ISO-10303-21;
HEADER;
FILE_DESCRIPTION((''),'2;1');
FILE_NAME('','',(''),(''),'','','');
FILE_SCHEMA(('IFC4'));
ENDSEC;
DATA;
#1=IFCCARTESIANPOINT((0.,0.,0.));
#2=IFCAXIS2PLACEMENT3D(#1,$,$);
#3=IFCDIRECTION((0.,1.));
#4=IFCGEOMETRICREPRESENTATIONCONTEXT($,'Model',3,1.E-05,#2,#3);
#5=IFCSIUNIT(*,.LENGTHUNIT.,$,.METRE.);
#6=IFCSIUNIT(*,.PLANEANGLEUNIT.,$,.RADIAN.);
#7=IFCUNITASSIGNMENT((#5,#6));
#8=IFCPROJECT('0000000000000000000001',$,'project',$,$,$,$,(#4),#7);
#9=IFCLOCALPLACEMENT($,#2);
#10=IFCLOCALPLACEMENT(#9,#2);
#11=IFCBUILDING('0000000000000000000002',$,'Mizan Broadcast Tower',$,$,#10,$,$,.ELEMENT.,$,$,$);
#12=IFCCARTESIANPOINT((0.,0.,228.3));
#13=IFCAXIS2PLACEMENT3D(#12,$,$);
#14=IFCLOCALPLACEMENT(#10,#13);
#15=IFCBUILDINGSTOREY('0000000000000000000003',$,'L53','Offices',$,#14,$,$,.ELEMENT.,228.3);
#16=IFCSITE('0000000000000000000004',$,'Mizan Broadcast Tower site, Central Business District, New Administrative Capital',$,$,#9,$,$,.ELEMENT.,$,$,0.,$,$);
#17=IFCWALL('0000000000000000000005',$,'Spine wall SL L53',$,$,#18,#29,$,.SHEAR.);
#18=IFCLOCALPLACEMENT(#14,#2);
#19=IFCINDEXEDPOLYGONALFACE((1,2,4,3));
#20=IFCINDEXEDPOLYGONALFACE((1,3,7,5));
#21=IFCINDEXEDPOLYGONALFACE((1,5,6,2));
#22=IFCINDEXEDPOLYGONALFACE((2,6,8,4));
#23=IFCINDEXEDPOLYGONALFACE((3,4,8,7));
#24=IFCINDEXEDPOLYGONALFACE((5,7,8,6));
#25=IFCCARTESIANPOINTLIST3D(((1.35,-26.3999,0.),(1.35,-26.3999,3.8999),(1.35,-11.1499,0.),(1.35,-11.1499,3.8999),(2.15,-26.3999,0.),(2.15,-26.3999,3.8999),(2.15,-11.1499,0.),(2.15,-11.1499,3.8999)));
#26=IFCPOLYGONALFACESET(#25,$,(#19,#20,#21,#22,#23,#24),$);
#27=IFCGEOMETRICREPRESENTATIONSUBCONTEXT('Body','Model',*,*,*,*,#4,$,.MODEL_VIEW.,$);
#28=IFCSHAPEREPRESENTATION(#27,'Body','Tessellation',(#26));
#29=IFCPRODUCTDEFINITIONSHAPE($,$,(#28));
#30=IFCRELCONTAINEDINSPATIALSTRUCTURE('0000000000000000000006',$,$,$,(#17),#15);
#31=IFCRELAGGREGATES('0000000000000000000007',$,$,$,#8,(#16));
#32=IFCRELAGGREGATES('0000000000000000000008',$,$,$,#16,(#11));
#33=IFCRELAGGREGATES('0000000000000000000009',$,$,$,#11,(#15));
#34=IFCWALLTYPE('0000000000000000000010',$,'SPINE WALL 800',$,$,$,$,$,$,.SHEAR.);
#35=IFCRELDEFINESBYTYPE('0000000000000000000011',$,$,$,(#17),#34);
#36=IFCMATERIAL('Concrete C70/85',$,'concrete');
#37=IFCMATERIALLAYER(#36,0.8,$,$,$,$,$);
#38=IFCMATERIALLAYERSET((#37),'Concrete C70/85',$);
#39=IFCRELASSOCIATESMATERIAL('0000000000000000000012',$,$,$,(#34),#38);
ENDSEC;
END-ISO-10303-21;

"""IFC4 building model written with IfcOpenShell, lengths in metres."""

from ifc_helpers import new_model, si_unit, direction, frame, frame_2d, origin, place, context, subcontext, project, spatial, rectangle, extrude, material, layer, layer_set, type_object, element, save


model = new_model("IFC4")

# Units and contexts
model_context = context("Model", 3, precision=1e-05, world=origin(), true_north=direction((0.0, 1.0)))
body_context = subcontext(model_context, "Body", "Model", "MODEL_VIEW")
ifc_project = project(units=[si_unit("LENGTHUNIT", "METRE"), si_unit("PLANEANGLEUNIT", "RADIAN")], contexts=[model_context])

# Site, building, storey
site_placement = place(None, origin())
site = spatial("IfcSite", under=ifc_project, at=site_placement, Name="Mizan Broadcast Tower site, Central Business District, New Administrative Capital", CompositionType="ELEMENT", RefElevation=0.0)
building_placement = place(site_placement, origin())
building = spatial("IfcBuilding", under=site, at=building_placement, Name="Mizan Broadcast Tower", CompositionType="ELEMENT")
storey_placement = place(building_placement, frame((0.0, 0.0, 228.3)))
storey = spatial("IfcBuildingStorey", under=building, at=storey_placement, Name="L53", Description="Offices", CompositionType="ELEMENT", Elevation=228.3)

# Wall
ifc_material_1 = material(Name="Concrete C70/85", Category="concrete")
ifc_layer_1 = layer(ifc_material_1, 0.8)
ifc_layer_set_1 = layer_set([ifc_layer_1], Name="Concrete C70/85")
wall_type_1 = type_object("IfcWallType", Name="SPINE WALL 800", PredefinedType="SHEAR", material=ifc_layer_set_1)
for number, where, z_axis, x_axis, name in (
    (1, (1.75, -11.1499, 0.0), (0.0, 0.0, 1.0), (0.0, -1.0, 0.0), "Spine wall SL L53"),
):
    element("IfcWall", number, at=place(storey_placement, frame(where, z_axis=z_axis, x_axis=x_axis)), inside=storey, type_object=wall_type_1, Name=name, PredefinedType="SHEAR", context=body_context, shape_type="SweptSolid", body=[
        extrude(rectangle(XDim=15.25, YDim=0.8, at=frame_2d((7.625, 0.0))), origin(), (0.0, 0.0, 1.0), 3.8999),
    ])

save(model, "model.ifc")
